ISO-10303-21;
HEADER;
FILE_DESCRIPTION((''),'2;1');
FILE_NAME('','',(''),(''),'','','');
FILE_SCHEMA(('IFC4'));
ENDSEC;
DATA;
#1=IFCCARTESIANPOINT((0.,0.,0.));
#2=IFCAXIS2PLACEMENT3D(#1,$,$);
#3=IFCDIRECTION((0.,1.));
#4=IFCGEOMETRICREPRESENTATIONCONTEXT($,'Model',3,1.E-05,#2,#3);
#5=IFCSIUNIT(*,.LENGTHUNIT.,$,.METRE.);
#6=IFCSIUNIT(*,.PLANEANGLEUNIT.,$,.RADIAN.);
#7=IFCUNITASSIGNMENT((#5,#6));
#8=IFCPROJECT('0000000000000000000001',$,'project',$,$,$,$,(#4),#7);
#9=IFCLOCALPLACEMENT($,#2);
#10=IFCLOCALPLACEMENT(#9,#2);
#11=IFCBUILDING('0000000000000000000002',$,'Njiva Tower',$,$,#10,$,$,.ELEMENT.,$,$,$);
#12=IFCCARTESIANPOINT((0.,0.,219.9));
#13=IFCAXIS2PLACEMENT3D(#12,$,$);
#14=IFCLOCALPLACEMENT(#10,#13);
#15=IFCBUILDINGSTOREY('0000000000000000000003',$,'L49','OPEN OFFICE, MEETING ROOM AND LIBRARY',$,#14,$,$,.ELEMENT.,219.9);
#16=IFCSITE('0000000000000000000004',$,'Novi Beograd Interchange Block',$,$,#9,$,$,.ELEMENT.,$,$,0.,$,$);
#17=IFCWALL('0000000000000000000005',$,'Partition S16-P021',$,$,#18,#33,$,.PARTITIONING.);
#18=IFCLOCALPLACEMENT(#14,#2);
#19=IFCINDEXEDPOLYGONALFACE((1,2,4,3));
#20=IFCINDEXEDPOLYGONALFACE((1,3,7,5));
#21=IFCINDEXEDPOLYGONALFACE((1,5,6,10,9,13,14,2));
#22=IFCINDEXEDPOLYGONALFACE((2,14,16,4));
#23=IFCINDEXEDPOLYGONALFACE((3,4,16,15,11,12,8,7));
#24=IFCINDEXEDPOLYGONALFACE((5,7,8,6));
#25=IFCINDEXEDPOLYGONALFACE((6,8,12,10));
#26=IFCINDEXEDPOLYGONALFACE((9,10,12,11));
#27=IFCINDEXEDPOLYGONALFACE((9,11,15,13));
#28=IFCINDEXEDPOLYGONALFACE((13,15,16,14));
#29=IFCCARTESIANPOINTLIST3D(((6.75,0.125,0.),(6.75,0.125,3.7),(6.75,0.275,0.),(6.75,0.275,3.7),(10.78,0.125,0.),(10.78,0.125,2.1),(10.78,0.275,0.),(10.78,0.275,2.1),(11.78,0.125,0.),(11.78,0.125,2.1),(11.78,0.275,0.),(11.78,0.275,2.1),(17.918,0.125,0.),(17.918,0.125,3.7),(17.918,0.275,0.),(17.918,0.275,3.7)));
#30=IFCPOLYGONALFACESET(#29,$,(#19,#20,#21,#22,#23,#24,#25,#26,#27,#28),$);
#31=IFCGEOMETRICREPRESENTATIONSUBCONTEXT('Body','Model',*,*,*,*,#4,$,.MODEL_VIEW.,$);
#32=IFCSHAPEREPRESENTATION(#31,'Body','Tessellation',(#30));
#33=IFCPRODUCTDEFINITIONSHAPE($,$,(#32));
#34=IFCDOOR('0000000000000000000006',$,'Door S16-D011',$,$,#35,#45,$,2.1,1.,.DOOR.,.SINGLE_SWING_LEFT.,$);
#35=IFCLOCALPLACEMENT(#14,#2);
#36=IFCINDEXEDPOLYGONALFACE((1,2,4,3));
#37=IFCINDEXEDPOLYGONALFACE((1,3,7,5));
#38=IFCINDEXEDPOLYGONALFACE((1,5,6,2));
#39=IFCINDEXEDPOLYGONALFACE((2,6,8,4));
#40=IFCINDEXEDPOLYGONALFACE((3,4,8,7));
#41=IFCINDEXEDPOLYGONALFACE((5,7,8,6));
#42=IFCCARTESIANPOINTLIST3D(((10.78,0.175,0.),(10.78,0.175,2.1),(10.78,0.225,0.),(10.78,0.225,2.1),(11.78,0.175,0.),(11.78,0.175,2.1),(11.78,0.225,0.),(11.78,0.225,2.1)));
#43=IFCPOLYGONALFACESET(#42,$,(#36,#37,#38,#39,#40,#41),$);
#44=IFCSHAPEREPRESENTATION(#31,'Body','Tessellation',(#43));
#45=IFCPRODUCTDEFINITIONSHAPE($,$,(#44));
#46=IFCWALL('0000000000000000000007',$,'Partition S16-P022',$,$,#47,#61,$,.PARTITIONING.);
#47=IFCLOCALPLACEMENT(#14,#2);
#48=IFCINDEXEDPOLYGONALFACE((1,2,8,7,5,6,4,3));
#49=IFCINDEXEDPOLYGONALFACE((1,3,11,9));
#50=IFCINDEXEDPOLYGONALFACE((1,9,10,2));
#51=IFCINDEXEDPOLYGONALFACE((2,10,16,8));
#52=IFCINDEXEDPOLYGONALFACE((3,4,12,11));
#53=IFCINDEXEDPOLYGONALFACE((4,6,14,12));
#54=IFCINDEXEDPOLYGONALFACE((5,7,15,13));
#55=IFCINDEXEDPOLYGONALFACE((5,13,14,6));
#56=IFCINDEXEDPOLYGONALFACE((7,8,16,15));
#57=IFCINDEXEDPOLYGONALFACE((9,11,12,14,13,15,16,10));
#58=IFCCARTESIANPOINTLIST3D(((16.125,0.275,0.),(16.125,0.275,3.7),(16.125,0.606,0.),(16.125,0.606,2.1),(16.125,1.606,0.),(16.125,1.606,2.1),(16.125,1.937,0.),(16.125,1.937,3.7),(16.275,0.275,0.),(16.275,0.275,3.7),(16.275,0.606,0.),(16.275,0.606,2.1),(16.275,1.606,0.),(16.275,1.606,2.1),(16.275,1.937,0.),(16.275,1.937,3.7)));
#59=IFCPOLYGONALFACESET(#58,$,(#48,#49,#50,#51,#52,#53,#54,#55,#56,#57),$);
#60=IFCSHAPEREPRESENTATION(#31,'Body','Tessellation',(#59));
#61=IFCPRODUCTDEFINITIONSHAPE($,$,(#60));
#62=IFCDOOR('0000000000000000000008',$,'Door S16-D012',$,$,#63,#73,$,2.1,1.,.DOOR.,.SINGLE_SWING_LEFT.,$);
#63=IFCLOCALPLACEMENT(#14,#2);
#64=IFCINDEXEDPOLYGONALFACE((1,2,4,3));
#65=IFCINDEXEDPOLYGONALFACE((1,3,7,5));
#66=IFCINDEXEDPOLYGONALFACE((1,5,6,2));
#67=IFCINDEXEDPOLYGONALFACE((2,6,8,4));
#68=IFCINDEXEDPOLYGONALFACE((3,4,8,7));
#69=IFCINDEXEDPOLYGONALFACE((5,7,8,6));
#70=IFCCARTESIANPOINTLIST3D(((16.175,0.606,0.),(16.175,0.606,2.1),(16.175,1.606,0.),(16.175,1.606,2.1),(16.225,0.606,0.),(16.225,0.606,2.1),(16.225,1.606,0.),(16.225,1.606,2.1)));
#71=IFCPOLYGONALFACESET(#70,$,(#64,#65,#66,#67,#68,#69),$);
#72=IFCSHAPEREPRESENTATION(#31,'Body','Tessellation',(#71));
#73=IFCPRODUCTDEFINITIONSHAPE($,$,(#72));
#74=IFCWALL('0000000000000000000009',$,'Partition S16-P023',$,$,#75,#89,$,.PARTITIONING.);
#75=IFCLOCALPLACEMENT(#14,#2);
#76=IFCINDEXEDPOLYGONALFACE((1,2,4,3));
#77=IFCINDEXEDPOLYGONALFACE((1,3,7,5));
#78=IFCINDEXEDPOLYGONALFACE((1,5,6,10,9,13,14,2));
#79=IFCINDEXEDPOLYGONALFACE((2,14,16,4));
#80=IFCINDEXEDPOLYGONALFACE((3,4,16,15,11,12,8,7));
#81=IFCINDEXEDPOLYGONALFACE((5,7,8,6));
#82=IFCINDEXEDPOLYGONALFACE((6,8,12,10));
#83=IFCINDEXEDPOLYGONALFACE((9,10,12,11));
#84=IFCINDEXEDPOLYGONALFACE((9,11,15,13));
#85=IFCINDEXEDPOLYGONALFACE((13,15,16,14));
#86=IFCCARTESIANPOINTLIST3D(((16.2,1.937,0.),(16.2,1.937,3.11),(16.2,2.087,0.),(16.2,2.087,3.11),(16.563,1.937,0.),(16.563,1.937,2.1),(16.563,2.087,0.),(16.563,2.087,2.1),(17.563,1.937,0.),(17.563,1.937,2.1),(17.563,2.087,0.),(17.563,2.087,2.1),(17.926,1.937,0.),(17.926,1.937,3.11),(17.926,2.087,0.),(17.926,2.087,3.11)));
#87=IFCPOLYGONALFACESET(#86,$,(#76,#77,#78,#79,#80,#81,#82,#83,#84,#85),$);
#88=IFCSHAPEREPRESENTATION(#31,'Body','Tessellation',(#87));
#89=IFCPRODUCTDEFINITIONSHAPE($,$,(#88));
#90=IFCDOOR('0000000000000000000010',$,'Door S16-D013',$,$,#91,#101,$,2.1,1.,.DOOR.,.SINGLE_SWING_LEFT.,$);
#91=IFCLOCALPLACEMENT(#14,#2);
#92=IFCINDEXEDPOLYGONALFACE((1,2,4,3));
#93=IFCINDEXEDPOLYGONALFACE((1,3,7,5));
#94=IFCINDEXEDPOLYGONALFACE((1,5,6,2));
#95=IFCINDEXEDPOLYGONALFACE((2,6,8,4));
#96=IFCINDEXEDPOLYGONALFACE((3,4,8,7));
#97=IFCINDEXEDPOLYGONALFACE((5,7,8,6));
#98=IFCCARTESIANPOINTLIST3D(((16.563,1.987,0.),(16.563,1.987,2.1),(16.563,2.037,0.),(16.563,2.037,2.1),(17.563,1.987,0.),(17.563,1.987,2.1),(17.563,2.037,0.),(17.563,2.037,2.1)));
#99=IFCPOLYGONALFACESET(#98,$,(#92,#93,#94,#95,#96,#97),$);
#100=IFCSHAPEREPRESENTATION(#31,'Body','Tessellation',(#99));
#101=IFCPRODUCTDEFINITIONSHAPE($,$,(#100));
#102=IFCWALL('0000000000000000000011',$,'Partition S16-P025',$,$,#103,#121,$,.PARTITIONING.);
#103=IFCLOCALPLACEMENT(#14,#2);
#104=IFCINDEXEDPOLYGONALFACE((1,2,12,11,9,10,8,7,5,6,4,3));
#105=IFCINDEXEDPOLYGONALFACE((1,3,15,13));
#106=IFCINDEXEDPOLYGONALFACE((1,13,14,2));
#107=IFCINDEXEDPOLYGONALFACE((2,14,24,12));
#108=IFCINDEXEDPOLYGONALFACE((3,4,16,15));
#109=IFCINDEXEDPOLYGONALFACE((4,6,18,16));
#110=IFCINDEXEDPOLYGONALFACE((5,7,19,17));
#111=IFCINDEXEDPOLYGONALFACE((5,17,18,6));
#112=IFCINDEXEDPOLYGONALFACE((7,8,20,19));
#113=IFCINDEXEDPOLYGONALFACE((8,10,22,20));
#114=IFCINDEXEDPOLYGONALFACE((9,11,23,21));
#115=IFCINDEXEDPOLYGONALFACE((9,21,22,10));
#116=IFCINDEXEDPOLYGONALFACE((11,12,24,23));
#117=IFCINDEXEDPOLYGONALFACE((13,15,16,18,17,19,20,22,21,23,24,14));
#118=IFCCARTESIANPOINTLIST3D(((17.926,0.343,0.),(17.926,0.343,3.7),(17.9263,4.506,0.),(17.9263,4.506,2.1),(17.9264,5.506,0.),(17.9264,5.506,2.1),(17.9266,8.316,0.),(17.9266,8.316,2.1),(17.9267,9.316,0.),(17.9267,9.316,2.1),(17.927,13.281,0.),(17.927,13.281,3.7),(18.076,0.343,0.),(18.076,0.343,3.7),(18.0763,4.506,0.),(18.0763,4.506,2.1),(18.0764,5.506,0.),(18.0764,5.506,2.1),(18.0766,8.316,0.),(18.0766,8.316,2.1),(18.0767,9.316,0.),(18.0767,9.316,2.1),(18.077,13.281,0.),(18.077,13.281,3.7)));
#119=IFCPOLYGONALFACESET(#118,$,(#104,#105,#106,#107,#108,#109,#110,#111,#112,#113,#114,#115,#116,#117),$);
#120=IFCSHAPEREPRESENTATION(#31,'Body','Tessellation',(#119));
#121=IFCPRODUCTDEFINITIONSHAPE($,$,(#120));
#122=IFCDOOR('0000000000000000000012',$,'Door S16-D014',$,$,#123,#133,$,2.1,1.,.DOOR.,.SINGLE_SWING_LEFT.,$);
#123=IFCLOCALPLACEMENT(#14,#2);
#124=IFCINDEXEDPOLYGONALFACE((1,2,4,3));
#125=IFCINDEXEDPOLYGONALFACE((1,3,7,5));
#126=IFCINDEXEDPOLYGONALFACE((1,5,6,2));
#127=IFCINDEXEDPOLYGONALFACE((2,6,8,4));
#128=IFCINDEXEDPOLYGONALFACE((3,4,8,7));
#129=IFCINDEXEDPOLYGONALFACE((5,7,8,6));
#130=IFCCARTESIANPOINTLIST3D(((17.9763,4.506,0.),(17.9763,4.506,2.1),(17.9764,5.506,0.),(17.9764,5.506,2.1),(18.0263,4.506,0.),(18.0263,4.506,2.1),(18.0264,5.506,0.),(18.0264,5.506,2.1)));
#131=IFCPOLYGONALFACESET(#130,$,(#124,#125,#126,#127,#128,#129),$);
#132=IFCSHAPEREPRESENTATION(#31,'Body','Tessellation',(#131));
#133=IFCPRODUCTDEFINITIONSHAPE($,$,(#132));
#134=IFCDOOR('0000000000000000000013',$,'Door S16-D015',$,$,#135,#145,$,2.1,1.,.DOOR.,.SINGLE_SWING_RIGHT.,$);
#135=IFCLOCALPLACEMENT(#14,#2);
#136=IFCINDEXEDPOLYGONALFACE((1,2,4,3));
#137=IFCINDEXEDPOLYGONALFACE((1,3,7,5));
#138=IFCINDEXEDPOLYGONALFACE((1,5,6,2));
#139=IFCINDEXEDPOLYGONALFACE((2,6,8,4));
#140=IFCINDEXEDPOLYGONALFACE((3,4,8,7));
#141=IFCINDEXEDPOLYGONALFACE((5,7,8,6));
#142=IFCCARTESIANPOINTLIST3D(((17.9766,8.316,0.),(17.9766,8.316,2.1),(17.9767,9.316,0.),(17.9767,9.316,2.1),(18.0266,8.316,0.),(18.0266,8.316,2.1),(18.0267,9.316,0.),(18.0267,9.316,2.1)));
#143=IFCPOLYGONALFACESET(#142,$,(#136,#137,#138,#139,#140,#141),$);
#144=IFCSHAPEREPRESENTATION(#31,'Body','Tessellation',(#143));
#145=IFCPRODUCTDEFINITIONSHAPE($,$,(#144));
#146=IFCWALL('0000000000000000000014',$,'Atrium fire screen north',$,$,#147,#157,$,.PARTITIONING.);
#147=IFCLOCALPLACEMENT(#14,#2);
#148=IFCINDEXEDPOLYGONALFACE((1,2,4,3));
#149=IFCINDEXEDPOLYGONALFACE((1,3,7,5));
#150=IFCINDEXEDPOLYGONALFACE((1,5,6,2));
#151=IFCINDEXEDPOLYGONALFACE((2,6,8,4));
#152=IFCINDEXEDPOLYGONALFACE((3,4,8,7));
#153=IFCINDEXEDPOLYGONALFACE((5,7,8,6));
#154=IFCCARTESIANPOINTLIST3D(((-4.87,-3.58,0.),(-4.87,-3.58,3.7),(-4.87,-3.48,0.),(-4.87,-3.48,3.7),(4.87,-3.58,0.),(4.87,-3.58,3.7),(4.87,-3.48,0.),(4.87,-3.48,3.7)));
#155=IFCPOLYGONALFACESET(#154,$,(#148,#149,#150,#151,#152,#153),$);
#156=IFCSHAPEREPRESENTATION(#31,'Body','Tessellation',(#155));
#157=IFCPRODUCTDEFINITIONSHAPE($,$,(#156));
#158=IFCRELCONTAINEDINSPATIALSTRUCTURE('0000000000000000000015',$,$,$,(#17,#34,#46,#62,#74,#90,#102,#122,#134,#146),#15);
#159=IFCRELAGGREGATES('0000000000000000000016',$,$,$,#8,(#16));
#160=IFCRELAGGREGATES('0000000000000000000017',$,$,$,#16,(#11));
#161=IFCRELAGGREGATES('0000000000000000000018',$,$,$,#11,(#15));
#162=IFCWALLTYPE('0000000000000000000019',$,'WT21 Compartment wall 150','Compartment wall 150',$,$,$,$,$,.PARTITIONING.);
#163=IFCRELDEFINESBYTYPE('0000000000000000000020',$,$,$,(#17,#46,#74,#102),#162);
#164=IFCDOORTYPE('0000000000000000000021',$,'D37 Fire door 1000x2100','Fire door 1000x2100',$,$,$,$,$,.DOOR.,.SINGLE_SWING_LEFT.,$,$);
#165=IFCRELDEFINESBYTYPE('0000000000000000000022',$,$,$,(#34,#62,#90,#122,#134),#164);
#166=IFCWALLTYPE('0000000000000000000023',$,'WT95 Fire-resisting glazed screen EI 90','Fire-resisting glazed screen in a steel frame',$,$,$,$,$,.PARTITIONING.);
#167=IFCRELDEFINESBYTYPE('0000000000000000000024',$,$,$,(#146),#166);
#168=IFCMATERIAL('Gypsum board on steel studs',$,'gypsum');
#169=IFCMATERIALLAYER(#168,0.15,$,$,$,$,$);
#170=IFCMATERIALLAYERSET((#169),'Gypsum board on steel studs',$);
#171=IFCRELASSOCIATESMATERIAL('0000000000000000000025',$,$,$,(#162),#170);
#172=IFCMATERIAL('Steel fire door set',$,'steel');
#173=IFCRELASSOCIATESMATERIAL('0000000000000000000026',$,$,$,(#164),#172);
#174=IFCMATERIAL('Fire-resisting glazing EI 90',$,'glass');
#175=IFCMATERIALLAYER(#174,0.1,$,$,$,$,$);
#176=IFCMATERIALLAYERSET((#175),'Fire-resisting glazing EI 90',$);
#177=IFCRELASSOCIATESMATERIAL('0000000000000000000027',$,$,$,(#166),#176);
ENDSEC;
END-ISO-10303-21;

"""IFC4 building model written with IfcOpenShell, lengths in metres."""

from ifc_helpers import new_model, si_unit, direction, frame, frame_2d, origin, place, context, subcontext, project, spatial, rectangle, extrude, material, layer, layer_set, type_object, element, fill, save


model = new_model("IFC4")

# Units and contexts
model_context = context("Model", 3, precision=1e-05, world=origin(), true_north=direction((0.0, 1.0)))
body_context = subcontext(model_context, "Body", "Model", "MODEL_VIEW")
ifc_project = project(units=[si_unit("LENGTHUNIT", "METRE"), si_unit("PLANEANGLEUNIT", "RADIAN")], contexts=[model_context])

# Site, building, storey
site_placement = place(None, origin())
site = spatial("IfcSite", under=ifc_project, at=site_placement, Name="Novi Beograd Interchange Block", CompositionType="ELEMENT", RefElevation=0.0)
building_placement = place(site_placement, origin())
building = spatial("IfcBuilding", under=site, at=building_placement, Name="Njiva Tower", CompositionType="ELEMENT")
storey_placement = place(building_placement, frame((0.0, 0.0, 219.9)))
storey = spatial("IfcBuildingStorey", under=building, at=storey_placement, Name="L49", Description="OPEN OFFICE, MEETING ROOM AND LIBRARY", CompositionType="ELEMENT", Elevation=219.9)

# Shared definitions
ifc_material_1 = material(Name="Gypsum board on steel studs", Category="gypsum")
ifc_layer_1 = layer(ifc_material_1, 0.15)
ifc_layer_set_1 = layer_set([ifc_layer_1], Name="Gypsum board on steel studs")
wall_type_1 = type_object("IfcWallType", Name="WT21 Compartment wall 150", Description="Compartment wall 150", PredefinedType="PARTITIONING", material=ifc_layer_set_1)

# Walls, openings, doors
wall_1_placement = place(storey_placement, frame((6.75, 0.2, 0.0), z_axis=(0.0, 0.0, 1.0), x_axis=(1.0, 0.0, 0.0)))
wall_1 = element("IfcWall", 1, at=wall_1_placement, inside=storey, type_object=wall_type_1, Name="Partition S16-P021", PredefinedType="PARTITIONING", context=body_context, shape_type="SweptSolid", body=[
    extrude(rectangle(XDim=11.168, YDim=0.15, at=frame_2d((5.584, 0.0))), origin(), (0.0, 0.0, 1.0), 3.7),
])
opening_1_placement = place(wall_1_placement, frame((4.03, 0.0, 0.0)))
opening_1 = element("IfcOpeningElement", 2, at=opening_1_placement, cuts=wall_1, PredefinedType="OPENING", context=body_context, shape_type="SweptSolid", body=[
    extrude(rectangle(XDim=1.0, YDim=2.1, at=frame_2d((0.5, 1.05))), frame((0.0, 0.085, 0.0), z_axis=(0.0, -1.0, 0.0), x_axis=(1.0, 0.0, 0.0)), (0.0, 0.0, 1.0), 0.17),
])
ifc_material_2 = material(Name="Steel fire door set", Category="steel")
door_type = type_object("IfcDoorType", Name="D37 Fire door 1000x2100", Description="Fire door 1000x2100", OperationType="SINGLE_SWING_LEFT", PredefinedType="DOOR", material=ifc_material_2)
door_1_placement = place(opening_1_placement, origin())
door_1 = element("IfcDoor", 3, at=door_1_placement, inside=storey, type_object=door_type, Name="Door S16-D011", OperationType="SINGLE_SWING_LEFT", OverallHeight=2.1, OverallWidth=1.0, PredefinedType="DOOR", context=body_context, shape_type="SweptSolid", body=[
    extrude(rectangle(XDim=1.0, YDim=2.1, at=frame_2d((0.5, 1.05))), frame((0.0, 0.025, 0.0), z_axis=(0.0, -1.0, 0.0), x_axis=(1.0, 0.0, 0.0)), (0.0, 0.0, 1.0), 0.05),
])
fill(opening_1, door_1)
wall_2_placement = place(storey_placement, frame((16.2, 0.275, 0.0), z_axis=(0.0, 0.0, 1.0), x_axis=(0.0, 1.0, 0.0)))
wall_2 = element("IfcWall", 4, at=wall_2_placement, inside=storey, type_object=wall_type_1, Name="Partition S16-P022", PredefinedType="PARTITIONING", context=body_context, shape_type="SweptSolid", body=[
    extrude(rectangle(XDim=1.662, YDim=0.15, at=frame_2d((0.831, 0.0))), origin(), (0.0, 0.0, 1.0), 3.7),
])
opening_2_placement = place(wall_2_placement, frame((0.331, 0.0, 0.0)))
opening_2 = element("IfcOpeningElement", 5, at=opening_2_placement, cuts=wall_2, PredefinedType="OPENING", context=body_context, shape_type="SweptSolid", body=[
    extrude(rectangle(XDim=1.0, YDim=2.1, at=frame_2d((0.5, 1.05))), frame((0.0, 0.085, 0.0), z_axis=(0.0, -1.0, 0.0), x_axis=(1.0, 0.0, 0.0)), (0.0, 0.0, 1.0), 0.17),
])
door_2_placement = place(opening_2_placement, origin())
door_2 = element("IfcDoor", 6, at=door_2_placement, inside=storey, type_object=door_type, Name="Door S16-D012", OperationType="SINGLE_SWING_LEFT", OverallHeight=2.1, OverallWidth=1.0, PredefinedType="DOOR", context=body_context, shape_type="SweptSolid", body=[
    extrude(rectangle(XDim=1.0, YDim=2.1, at=frame_2d((0.5, 1.05))), frame((0.0, 0.025, 0.0), z_axis=(0.0, -1.0, 0.0), x_axis=(1.0, 0.0, 0.0)), (0.0, 0.0, 1.0), 0.05),
])
fill(opening_2, door_2)
wall_3_placement = place(storey_placement, frame((16.2, 2.012, 0.0), z_axis=(0.0, 0.0, 1.0), x_axis=(1.0, 0.0, 0.0)))
wall_3 = element("IfcWall", 7, at=wall_3_placement, inside=storey, type_object=wall_type_1, Name="Partition S16-P023", PredefinedType="PARTITIONING", context=body_context, shape_type="SweptSolid", body=[
    extrude(rectangle(XDim=1.726, YDim=0.15, at=frame_2d((0.863, 0.0))), origin(), (0.0, 0.0, 1.0), 3.11),
])
opening_3_placement = place(wall_3_placement, frame((0.363, 0.0, 0.0)))
opening_3 = element("IfcOpeningElement", 8, at=opening_3_placement, cuts=wall_3, PredefinedType="OPENING", context=body_context, shape_type="SweptSolid", body=[
    extrude(rectangle(XDim=1.0, YDim=2.1, at=frame_2d((0.5, 1.05))), frame((0.0, 0.085, 0.0), z_axis=(0.0, -1.0, 0.0), x_axis=(1.0, 0.0, 0.0)), (0.0, 0.0, 1.0), 0.17),
])
door_3_placement = place(opening_3_placement, origin())
door_3 = element("IfcDoor", 9, at=door_3_placement, inside=storey, type_object=door_type, Name="Door S16-D013", OperationType="SINGLE_SWING_LEFT", OverallHeight=2.1, OverallWidth=1.0, PredefinedType="DOOR", context=body_context, shape_type="SweptSolid", body=[
    extrude(rectangle(XDim=1.0, YDim=2.1, at=frame_2d((0.5, 1.05))), frame((0.0, 0.025, 0.0), z_axis=(0.0, -1.0, 0.0), x_axis=(1.0, 0.0, 0.0)), (0.0, 0.0, 1.0), 0.05),
])
fill(opening_3, door_3)

# Wall, openings, doors
wall_4_placement = place(storey_placement, frame((18.001, 0.343, 0.0), z_axis=(0.0, 0.0, 1.0), x_axis=(0.000077, 1.0, 0.0)))
wall_4 = element("IfcWall", 10, at=wall_4_placement, inside=storey, type_object=wall_type_1, Name="Partition S16-P025", PredefinedType="PARTITIONING", context=body_context, shape_type="SweptSolid", body=[
    extrude(rectangle(XDim=12.938, YDim=0.15, at=frame_2d((6.469, 0.0))), origin(), (0.0, 0.0, 1.0), 3.7),
])
opening_4_placement = place(wall_4_placement, frame((4.163, 0.0, 0.0)))
opening_4 = element("IfcOpeningElement", 11, at=opening_4_placement, cuts=wall_4, PredefinedType="OPENING", context=body_context, shape_type="SweptSolid", body=[
    extrude(rectangle(XDim=1.0, YDim=2.1, at=frame_2d((0.5, 1.05))), frame((0.0, 0.085, 0.0), z_axis=(0.0, -1.0, 0.0), x_axis=(1.0, 0.0, 0.0)), (0.0, 0.0, 1.0), 0.17),
])
opening_5_placement = place(wall_4_placement, frame((7.973, 0.0, 0.0)))
opening_5 = element("IfcOpeningElement", 12, at=opening_5_placement, cuts=wall_4, PredefinedType="OPENING", context=body_context, shape_type="SweptSolid", body=[
    extrude(rectangle(XDim=1.0, YDim=2.1, at=frame_2d((0.5, 1.05))), frame((0.0, 0.085, 0.0), z_axis=(0.0, -1.0, 0.0), x_axis=(1.0, 0.0, 0.0)), (0.0, 0.0, 1.0), 0.17),
])
door_4_placement = place(opening_4_placement, origin())
door_4 = element("IfcDoor", 13, at=door_4_placement, inside=storey, type_object=door_type, Name="Door S16-D014", OperationType="SINGLE_SWING_LEFT", OverallHeight=2.1, OverallWidth=1.0, PredefinedType="DOOR", context=body_context, shape_type="SweptSolid", body=[
    extrude(rectangle(XDim=1.0, YDim=2.1, at=frame_2d((0.5, 1.05))), frame((0.0, 0.025, 0.0), z_axis=(0.0, -1.0, 0.0), x_axis=(1.0, 0.0, 0.0)), (0.0, 0.0, 1.0), 0.05),
])
fill(opening_4, door_4)
door_5_placement = place(opening_5_placement, origin())
door_5 = element("IfcDoor", 14, at=door_5_placement, inside=storey, type_object=door_type, Name="Door S16-D015", OperationType="SINGLE_SWING_RIGHT", OverallHeight=2.1, OverallWidth=1.0, PredefinedType="DOOR", context=body_context, shape_type="SweptSolid", body=[
    extrude(rectangle(XDim=1.0, YDim=2.1, at=frame_2d((0.5, 1.05))), frame((0.0, 0.025, 0.0), z_axis=(0.0, -1.0, 0.0), x_axis=(1.0, 0.0, 0.0)), (0.0, 0.0, 1.0), 0.05),
])
fill(opening_5, door_5)

# Wall
ifc_material_3 = material(Name="Fire-resisting glazing EI 90", Category="glass")
ifc_layer_2 = layer(ifc_material_3, 0.1)
ifc_layer_set_2 = layer_set([ifc_layer_2], Name="Fire-resisting glazing EI 90")
wall_type_2 = type_object("IfcWallType", Name="WT95 Fire-resisting glazed screen EI 90", Description="Fire-resisting glazed screen in a steel frame", PredefinedType="PARTITIONING", material=ifc_layer_set_2)
wall_5_placement = place(storey_placement, frame((4.87, -3.53, 0.0), z_axis=(0.0, 0.0, 1.0), x_axis=(-1.0, 0.0, 0.0)))
element("IfcWall", 15, at=wall_5_placement, inside=storey, type_object=wall_type_2, Name="Atrium fire screen north", PredefinedType="PARTITIONING", context=body_context, shape_type="SweptSolid", body=[
    extrude(rectangle(XDim=9.74, YDim=0.1, at=frame_2d((4.87, 0.0))), origin(), (0.0, 0.0, 1.0), 3.7),
])

save(model, "model.ifc")
